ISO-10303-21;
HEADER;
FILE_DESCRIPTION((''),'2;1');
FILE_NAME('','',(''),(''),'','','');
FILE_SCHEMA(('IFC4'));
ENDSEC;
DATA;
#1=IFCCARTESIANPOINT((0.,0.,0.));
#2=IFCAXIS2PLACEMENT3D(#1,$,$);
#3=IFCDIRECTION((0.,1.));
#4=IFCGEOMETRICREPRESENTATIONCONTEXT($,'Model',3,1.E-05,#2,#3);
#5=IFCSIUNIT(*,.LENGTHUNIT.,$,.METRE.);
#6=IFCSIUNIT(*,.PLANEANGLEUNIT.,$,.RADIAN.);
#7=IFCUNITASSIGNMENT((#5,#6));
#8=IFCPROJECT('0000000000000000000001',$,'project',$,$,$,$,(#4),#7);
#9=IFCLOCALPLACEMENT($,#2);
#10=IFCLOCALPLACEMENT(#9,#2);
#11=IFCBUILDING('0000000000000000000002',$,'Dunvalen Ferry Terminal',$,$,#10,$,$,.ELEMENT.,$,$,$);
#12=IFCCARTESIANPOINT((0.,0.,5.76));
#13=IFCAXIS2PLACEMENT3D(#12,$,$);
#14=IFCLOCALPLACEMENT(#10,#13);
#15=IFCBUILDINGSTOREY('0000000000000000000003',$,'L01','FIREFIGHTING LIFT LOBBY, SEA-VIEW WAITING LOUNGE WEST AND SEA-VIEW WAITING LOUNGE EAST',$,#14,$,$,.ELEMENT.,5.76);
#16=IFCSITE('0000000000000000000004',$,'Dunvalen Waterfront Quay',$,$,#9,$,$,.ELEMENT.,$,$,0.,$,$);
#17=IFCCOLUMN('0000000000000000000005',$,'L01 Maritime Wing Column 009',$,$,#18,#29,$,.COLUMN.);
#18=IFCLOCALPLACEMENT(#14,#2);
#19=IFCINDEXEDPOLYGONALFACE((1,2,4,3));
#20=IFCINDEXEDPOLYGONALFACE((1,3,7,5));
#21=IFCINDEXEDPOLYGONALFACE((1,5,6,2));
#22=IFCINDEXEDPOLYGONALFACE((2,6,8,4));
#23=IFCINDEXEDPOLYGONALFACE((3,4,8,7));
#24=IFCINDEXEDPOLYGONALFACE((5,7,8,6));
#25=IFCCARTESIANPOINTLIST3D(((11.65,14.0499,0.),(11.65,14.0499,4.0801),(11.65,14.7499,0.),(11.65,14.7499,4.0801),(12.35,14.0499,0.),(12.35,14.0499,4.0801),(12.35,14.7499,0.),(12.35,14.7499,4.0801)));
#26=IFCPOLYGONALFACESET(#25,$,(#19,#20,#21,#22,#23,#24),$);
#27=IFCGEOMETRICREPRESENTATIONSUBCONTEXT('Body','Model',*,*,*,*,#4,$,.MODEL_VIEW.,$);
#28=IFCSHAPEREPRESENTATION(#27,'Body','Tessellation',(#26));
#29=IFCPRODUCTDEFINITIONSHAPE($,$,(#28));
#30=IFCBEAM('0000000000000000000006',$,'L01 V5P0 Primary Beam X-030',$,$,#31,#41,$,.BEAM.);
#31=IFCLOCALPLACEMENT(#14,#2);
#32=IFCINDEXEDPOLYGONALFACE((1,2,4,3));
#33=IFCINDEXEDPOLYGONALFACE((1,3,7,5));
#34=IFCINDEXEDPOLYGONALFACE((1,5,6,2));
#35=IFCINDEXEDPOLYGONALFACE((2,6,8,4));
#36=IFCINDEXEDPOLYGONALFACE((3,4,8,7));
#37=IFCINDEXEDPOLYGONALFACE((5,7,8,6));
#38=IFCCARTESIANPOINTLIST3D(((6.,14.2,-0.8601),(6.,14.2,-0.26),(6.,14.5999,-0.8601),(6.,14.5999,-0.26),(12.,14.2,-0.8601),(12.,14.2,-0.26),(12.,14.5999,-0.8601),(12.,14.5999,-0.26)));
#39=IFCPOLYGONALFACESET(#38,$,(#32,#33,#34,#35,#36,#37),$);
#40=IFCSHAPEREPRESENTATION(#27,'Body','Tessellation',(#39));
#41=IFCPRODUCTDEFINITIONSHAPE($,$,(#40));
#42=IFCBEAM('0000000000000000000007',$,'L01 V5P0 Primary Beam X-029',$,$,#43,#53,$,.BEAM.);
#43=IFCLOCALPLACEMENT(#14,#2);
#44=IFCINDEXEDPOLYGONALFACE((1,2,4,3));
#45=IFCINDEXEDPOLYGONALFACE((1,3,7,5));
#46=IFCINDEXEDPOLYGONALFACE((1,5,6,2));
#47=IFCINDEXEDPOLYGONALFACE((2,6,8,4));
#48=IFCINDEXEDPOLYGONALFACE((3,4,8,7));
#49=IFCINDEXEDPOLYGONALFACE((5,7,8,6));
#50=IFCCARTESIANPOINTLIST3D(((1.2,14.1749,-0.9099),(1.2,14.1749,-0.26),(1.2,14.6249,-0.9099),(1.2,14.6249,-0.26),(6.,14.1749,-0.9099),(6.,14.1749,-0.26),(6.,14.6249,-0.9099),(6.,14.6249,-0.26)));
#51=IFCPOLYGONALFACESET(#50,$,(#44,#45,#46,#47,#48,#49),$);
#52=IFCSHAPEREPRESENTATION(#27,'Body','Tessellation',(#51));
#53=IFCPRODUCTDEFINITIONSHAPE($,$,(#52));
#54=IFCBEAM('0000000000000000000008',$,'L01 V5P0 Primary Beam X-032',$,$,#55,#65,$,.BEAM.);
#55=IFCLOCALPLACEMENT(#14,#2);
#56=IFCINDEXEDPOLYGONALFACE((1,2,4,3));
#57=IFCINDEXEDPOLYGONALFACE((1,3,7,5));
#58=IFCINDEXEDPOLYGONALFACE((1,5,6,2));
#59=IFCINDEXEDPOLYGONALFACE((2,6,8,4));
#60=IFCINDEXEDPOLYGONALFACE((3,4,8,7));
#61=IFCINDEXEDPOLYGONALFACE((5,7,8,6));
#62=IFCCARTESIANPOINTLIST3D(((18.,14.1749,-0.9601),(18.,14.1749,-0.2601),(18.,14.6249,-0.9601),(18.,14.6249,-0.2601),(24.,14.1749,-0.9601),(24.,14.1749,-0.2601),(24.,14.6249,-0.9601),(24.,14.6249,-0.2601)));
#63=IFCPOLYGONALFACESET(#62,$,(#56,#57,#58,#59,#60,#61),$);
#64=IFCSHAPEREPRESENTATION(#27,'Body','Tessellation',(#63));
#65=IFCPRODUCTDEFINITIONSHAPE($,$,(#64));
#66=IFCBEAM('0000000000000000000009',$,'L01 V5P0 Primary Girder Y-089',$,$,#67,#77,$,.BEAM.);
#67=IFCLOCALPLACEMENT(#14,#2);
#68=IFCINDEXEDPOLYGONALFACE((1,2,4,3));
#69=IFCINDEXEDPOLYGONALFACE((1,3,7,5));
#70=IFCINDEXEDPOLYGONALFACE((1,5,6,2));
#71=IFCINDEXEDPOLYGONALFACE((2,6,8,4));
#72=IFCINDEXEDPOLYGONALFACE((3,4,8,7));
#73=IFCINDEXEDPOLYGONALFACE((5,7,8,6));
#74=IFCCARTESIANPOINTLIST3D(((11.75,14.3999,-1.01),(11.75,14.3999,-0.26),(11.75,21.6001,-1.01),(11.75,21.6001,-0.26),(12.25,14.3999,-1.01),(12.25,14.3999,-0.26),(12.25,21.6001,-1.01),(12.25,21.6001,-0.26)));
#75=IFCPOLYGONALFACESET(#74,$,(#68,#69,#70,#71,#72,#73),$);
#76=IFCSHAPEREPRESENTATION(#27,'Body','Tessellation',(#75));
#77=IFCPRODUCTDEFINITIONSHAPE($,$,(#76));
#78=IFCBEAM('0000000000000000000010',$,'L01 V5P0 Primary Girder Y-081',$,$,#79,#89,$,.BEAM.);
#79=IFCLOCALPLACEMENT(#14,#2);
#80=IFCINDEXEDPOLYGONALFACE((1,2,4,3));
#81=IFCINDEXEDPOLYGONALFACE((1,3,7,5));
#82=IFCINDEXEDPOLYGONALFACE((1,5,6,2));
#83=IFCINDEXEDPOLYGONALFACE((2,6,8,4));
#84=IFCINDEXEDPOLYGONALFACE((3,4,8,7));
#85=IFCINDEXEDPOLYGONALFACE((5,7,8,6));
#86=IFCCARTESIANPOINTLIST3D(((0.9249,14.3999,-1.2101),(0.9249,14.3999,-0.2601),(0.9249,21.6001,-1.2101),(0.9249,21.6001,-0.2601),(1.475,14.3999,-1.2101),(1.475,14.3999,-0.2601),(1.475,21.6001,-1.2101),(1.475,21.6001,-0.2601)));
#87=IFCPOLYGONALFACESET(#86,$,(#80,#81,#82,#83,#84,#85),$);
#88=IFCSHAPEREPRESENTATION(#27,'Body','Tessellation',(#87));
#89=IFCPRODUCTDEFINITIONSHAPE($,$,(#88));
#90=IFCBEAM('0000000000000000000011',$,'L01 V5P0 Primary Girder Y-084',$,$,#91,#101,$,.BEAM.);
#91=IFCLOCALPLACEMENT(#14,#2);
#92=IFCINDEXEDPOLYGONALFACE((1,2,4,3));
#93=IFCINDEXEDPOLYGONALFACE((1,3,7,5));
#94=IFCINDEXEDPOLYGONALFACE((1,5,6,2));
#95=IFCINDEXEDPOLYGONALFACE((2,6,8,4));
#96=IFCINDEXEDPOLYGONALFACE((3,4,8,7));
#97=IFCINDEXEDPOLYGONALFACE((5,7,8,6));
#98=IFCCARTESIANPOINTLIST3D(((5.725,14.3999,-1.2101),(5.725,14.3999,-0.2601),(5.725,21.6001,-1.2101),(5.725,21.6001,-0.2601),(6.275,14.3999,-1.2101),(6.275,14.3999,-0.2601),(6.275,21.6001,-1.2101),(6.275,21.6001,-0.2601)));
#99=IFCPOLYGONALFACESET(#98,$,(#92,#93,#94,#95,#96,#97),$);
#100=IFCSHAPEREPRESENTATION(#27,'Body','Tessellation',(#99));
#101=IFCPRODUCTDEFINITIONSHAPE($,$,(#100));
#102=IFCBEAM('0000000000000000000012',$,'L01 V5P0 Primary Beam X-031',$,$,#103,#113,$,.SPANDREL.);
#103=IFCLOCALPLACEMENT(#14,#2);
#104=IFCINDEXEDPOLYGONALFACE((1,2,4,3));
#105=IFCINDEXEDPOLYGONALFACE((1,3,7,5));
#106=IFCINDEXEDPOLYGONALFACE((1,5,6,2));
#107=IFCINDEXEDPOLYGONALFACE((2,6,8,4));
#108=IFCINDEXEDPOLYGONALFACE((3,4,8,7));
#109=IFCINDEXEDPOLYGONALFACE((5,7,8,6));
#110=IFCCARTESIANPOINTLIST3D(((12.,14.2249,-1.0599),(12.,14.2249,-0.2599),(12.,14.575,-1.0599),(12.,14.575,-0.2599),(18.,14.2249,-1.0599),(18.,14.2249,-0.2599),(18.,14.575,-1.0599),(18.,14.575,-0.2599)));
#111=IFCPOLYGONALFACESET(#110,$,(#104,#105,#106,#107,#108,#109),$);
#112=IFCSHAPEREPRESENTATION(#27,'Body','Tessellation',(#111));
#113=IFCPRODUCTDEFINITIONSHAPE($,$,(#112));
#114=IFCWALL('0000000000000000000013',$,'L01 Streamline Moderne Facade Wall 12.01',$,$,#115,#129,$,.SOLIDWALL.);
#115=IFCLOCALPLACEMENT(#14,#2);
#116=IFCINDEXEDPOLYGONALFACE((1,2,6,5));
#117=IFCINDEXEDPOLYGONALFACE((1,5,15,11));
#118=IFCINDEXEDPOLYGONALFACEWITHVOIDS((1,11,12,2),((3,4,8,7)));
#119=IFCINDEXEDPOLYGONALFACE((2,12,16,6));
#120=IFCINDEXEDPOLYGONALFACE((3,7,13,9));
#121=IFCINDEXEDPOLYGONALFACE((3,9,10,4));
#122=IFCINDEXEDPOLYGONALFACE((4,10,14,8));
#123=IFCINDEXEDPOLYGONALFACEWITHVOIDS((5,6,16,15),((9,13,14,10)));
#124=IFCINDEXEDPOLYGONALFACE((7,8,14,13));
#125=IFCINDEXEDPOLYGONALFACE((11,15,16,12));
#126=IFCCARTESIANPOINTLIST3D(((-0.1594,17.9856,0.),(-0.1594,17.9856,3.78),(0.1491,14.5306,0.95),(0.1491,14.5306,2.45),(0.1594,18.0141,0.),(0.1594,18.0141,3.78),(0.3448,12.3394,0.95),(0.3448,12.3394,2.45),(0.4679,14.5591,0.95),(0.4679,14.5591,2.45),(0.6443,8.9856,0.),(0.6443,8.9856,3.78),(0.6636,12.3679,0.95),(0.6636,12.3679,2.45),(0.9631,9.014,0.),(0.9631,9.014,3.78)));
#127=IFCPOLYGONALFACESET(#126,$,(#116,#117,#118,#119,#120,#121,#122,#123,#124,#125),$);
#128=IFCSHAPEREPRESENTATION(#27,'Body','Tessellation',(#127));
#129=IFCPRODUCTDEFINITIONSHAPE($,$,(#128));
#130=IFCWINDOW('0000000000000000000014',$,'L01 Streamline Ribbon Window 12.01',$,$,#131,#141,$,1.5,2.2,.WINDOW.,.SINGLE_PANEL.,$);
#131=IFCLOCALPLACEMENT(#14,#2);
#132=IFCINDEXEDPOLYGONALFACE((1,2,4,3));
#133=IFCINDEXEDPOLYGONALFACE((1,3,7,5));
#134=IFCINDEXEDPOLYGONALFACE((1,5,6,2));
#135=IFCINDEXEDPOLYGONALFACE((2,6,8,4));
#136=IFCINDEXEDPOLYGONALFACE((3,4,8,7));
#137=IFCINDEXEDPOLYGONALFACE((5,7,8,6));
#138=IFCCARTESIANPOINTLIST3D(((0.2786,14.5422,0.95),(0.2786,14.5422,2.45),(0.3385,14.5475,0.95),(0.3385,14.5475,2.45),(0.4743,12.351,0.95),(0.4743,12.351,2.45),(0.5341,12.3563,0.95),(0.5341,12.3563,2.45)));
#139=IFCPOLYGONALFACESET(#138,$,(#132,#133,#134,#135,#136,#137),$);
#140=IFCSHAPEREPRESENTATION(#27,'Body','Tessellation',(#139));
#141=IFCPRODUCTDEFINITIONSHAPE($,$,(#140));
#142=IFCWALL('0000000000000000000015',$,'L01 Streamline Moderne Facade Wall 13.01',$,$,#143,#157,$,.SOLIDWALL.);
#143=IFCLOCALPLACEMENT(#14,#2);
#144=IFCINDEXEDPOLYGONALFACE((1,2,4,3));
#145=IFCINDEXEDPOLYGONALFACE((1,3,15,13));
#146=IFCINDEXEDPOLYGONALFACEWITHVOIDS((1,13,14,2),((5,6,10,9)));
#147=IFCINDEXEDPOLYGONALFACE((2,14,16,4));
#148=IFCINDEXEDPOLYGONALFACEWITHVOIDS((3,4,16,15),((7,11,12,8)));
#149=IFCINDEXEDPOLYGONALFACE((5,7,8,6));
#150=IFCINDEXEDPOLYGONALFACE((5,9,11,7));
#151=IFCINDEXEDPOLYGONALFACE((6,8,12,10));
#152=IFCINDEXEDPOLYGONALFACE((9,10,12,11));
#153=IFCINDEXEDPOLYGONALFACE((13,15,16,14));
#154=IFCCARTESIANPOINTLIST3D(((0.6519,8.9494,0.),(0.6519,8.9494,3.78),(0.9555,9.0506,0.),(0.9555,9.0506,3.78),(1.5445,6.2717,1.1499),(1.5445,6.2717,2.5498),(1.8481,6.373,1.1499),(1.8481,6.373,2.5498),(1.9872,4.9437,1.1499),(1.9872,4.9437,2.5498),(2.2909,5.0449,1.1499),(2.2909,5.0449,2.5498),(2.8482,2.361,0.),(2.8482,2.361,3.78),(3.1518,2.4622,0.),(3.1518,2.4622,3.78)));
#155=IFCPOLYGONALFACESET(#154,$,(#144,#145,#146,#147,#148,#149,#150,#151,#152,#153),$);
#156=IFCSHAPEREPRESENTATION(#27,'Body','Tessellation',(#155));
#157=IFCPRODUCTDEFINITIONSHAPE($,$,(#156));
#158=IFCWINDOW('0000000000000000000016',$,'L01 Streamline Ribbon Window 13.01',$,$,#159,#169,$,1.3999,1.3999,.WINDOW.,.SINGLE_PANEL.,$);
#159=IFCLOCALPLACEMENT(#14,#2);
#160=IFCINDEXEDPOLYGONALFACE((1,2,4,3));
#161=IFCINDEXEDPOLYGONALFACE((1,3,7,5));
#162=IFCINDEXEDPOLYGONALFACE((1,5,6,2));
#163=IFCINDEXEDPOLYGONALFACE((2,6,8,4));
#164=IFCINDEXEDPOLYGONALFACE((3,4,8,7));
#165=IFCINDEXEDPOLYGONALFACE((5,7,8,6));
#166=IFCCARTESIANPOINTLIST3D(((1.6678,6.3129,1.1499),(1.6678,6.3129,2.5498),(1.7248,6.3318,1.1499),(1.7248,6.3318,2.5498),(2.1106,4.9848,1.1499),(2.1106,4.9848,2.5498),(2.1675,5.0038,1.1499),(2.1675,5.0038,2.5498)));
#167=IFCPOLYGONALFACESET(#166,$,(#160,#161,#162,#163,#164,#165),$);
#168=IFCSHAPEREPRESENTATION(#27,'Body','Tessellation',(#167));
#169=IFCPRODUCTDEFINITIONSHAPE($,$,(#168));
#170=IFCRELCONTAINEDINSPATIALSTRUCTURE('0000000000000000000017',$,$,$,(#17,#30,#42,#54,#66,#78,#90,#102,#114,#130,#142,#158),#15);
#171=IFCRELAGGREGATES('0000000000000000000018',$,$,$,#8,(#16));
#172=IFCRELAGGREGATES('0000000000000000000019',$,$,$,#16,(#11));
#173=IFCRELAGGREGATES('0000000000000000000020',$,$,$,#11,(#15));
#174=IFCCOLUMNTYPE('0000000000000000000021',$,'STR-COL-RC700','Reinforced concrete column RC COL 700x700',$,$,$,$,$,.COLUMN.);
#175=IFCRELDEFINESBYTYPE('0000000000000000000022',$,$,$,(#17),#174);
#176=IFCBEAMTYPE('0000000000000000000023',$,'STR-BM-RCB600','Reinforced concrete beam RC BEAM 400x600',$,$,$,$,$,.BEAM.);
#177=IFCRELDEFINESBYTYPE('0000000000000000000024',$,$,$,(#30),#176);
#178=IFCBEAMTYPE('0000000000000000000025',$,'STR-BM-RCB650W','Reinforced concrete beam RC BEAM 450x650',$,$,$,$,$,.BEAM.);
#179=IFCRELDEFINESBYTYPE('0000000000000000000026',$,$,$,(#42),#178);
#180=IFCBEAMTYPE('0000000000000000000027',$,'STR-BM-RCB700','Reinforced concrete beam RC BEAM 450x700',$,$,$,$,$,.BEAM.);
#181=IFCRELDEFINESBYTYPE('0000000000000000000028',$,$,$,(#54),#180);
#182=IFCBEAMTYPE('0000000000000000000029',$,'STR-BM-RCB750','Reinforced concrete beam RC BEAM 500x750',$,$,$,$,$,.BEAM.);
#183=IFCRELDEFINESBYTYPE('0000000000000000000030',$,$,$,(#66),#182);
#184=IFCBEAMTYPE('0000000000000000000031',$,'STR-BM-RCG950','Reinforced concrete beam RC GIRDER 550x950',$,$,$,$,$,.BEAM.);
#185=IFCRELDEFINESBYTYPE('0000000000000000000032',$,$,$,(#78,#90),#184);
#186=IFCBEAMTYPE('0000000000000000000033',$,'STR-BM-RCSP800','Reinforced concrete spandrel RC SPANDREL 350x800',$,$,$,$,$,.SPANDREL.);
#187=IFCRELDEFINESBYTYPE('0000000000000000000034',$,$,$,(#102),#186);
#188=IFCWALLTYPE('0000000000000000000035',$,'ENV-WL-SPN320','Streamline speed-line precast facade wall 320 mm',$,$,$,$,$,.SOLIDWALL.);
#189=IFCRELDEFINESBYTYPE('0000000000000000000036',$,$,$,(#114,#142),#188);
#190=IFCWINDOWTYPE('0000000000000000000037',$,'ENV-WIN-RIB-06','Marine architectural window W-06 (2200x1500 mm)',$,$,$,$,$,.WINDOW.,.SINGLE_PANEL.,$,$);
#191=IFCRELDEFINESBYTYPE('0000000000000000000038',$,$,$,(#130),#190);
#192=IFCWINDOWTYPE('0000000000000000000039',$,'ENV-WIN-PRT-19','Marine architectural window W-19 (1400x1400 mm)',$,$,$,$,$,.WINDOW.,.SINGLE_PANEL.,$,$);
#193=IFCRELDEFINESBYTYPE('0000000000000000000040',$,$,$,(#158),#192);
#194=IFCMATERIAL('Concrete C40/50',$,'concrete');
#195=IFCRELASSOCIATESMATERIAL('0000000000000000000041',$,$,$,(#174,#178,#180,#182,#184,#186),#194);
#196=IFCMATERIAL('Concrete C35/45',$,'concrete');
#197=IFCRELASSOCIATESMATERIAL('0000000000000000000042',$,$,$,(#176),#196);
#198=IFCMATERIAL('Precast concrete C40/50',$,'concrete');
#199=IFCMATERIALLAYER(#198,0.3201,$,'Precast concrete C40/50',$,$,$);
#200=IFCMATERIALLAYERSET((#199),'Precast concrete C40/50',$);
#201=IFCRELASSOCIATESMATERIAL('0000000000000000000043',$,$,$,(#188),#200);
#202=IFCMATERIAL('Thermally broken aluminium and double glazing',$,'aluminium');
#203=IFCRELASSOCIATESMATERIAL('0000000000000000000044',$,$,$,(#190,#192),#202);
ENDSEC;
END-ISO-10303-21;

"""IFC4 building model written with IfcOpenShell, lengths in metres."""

from ifc_helpers import new_model, si_unit, direction, frame, frame_2d, origin, origin_2d, place, context, subcontext, project, spatial, rectangle, extrude, material, layer, layer_set, material_profile, profile_set, type_object, element, fill, save


model = new_model("IFC4")

# Units and contexts
model_context = context("Model", 3, precision=1e-05, world=origin(), true_north=direction((0.0, 1.0)))
body_context = subcontext(model_context, "Body", "Model", "MODEL_VIEW")
ifc_project = project(units=[si_unit("LENGTHUNIT", "METRE"), si_unit("PLANEANGLEUNIT", "RADIAN")], contexts=[model_context])

# Site, building, storey
site_placement = place(None, origin())
site = spatial("IfcSite", under=ifc_project, at=site_placement, Name="Dunvalen Waterfront Quay", CompositionType="ELEMENT", RefElevation=0.0)
building_placement = place(site_placement, origin())
building = spatial("IfcBuilding", under=site, at=building_placement, Name="Dunvalen Ferry Terminal", CompositionType="ELEMENT")
storey_placement = place(building_placement, frame((0.0, 0.0, 5.76)))
storey = spatial("IfcBuildingStorey", under=building, at=storey_placement, Name="L01", Description="FIREFIGHTING LIFT LOBBY, SEA-VIEW WAITING LOUNGE WEST AND SEA-VIEW WAITING LOUNGE EAST", CompositionType="ELEMENT", Elevation=5.76)

# Column
ifc_material_1 = material(Name="Concrete C40/50", Category="concrete")
ifc_material_profile_1 = material_profile(ifc_material_1, rectangle(XDim=0.7, YDim=0.7, at=origin_2d()), Name="Concrete C40/50")
ifc_profile_set_1 = profile_set([ifc_material_profile_1], Name="Concrete C40/50")
column_type = type_object("IfcColumnType", Name="STR-COL-RC700", Description="Reinforced concrete column RC COL 700x700", PredefinedType="COLUMN", material=ifc_profile_set_1)
column_placement = place(storey_placement, frame((12.0, 14.3999, 0.0), z_axis=(0.0, 0.0, 1.0), x_axis=(1.0, 0.0, 0.0)))
element("IfcColumn", 1, at=column_placement, inside=storey, type_object=column_type, Name="L01 Maritime Wing Column 009", PredefinedType="COLUMN", context=body_context, shape_type="SweptSolid", body=[
    extrude(rectangle(XDim=0.7, YDim=0.7, at=origin_2d()), origin(), (0.0, 0.0, 1.0), 4.0801),
])

# Beams
ifc_material_2 = material(Name="Concrete C35/45", Category="concrete")
ifc_material_profile_2 = material_profile(ifc_material_2, rectangle(XDim=0.3999, YDim=0.6001, at=origin_2d()), Name="Concrete C35/45")
ifc_profile_set_2 = profile_set([ifc_material_profile_2], Name="Concrete C35/45")
beam_type_1 = type_object("IfcBeamType", Name="STR-BM-RCB600", Description="Reinforced concrete beam RC BEAM 400x600", PredefinedType="BEAM", material=ifc_profile_set_2)
beam_1_placement = place(storey_placement, frame((6.0, 14.3999, -0.5601), z_axis=(1.0, 0.0, 0.0), x_axis=(0.0, 1.0, 0.0)))
element("IfcBeam", 2, at=beam_1_placement, inside=storey, type_object=beam_type_1, Name="L01 V5P0 Primary Beam X-030", PredefinedType="BEAM", context=body_context, shape_type="SweptSolid", body=[
    extrude(rectangle(XDim=0.3999, YDim=0.6001, at=origin_2d()), origin(), (0.0, 0.0, 1.0), 6.0),
])
ifc_material_profile_3 = material_profile(ifc_material_1, rectangle(XDim=0.45, YDim=0.6499, at=origin_2d()), Name="Concrete C40/50")
ifc_profile_set_3 = profile_set([ifc_material_profile_3], Name="Concrete C40/50")
beam_type_2 = type_object("IfcBeamType", Name="STR-BM-RCB650W", Description="Reinforced concrete beam RC BEAM 450x650", PredefinedType="BEAM", material=ifc_profile_set_3)
beam_2_placement = place(storey_placement, frame((1.2, 14.3999, -0.585), z_axis=(1.0, 0.0, 0.0), x_axis=(0.0, 1.0, 0.0)))
element("IfcBeam", 3, at=beam_2_placement, inside=storey, type_object=beam_type_2, Name="L01 V5P0 Primary Beam X-029", PredefinedType="BEAM", context=body_context, shape_type="SweptSolid", body=[
    extrude(rectangle(XDim=0.45, YDim=0.6499, at=origin_2d()), origin(), (0.0, 0.0, 1.0), 4.8),
])
ifc_material_profile_4 = material_profile(ifc_material_1, rectangle(XDim=0.45, YDim=0.7, at=origin_2d()), Name="Concrete C40/50")
ifc_profile_set_4 = profile_set([ifc_material_profile_4], Name="Concrete C40/50")
beam_type_3 = type_object("IfcBeamType", Name="STR-BM-RCB700", Description="Reinforced concrete beam RC BEAM 450x700", PredefinedType="BEAM", material=ifc_profile_set_4)
beam_3_placement = place(storey_placement, frame((18.0, 14.3999, -0.6101), z_axis=(1.0, 0.0, 0.0), x_axis=(0.0, 1.0, 0.0)))
element("IfcBeam", 4, at=beam_3_placement, inside=storey, type_object=beam_type_3, Name="L01 V5P0 Primary Beam X-032", PredefinedType="BEAM", context=body_context, shape_type="SweptSolid", body=[
    extrude(rectangle(XDim=0.45, YDim=0.7, at=origin_2d()), origin(), (0.0, 0.0, 1.0), 6.0),
])
ifc_material_profile_5 = material_profile(ifc_material_1, rectangle(XDim=0.5, YDim=0.75, at=origin_2d()), Name="Concrete C40/50")
ifc_profile_set_5 = profile_set([ifc_material_profile_5], Name="Concrete C40/50")
beam_type_4 = type_object("IfcBeamType", Name="STR-BM-RCB750", Description="Reinforced concrete beam RC BEAM 500x750", PredefinedType="BEAM", material=ifc_profile_set_5)
beam_4_placement = place(storey_placement, frame((12.0, 14.3999, -0.635), z_axis=(0.0, 1.0, 0.0), x_axis=(-1.0, 0.0, 0.0)))
element("IfcBeam", 5, at=beam_4_placement, inside=storey, type_object=beam_type_4, Name="L01 V5P0 Primary Girder Y-089", PredefinedType="BEAM", context=body_context, shape_type="SweptSolid", body=[
    extrude(rectangle(XDim=0.5, YDim=0.75, at=origin_2d()), origin(), (0.0, 0.0, 1.0), 7.2002),
])
ifc_material_profile_6 = material_profile(ifc_material_1, rectangle(XDim=0.55, YDim=0.95, at=origin_2d()), Name="Concrete C40/50")
ifc_profile_set_6 = profile_set([ifc_material_profile_6], Name="Concrete C40/50")
beam_type_5 = type_object("IfcBeamType", Name="STR-BM-RCG950", Description="Reinforced concrete beam RC GIRDER 550x950", PredefinedType="BEAM", material=ifc_profile_set_6)
for number, where, z_axis, x_axis, name in (
    (6, (1.2, 14.3999, -0.7351), (0.0, 1.0, 0.0), (-1.0, 0.0, 0.0), "L01 V5P0 Primary Girder Y-081"),
    (7, (6.0, 14.3999, -0.7351), (0.0, 1.0, 0.0), (-1.0, 0.0, 0.0), "L01 V5P0 Primary Girder Y-084"),
):
    element("IfcBeam", number, at=place(storey_placement, frame(where, z_axis=z_axis, x_axis=x_axis)), inside=storey, type_object=beam_type_5, Name=name, PredefinedType="BEAM", context=body_context, shape_type="SweptSolid", body=[
        extrude(rectangle(XDim=0.55, YDim=0.95, at=origin_2d()), origin(), (0.0, 0.0, 1.0), 7.2002),
    ])
ifc_material_profile_7 = material_profile(ifc_material_1, rectangle(XDim=0.3501, YDim=0.8, at=origin_2d()), Name="Concrete C40/50")
ifc_profile_set_7 = profile_set([ifc_material_profile_7], Name="Concrete C40/50")
beam_type_6 = type_object("IfcBeamType", Name="STR-BM-RCSP800", Description="Reinforced concrete spandrel RC SPANDREL 350x800", PredefinedType="SPANDREL", material=ifc_profile_set_7)
beam_5_placement = place(storey_placement, frame((12.0, 14.3999, -0.6599), z_axis=(1.0, 0.0, 0.0), x_axis=(0.0, 1.0, 0.0)))
element("IfcBeam", 8, at=beam_5_placement, inside=storey, type_object=beam_type_6, Name="L01 V5P0 Primary Beam X-031", PredefinedType="SPANDREL", context=body_context, shape_type="SweptSolid", body=[
    extrude(rectangle(XDim=0.3501, YDim=0.8, at=origin_2d()), origin(), (0.0, 0.0, 1.0), 6.0),
])

# Walls, openings, windows
ifc_material_3 = material(Name="Precast concrete C40/50", Category="concrete")
ifc_layer_1 = layer(ifc_material_3, 0.3201, Name="Precast concrete C40/50")
ifc_layer_set_1 = layer_set([ifc_layer_1], Name="Precast concrete C40/50")
wall_type_1 = type_object("IfcWallType", Name="ENV-WL-SPN320", Description="Streamline speed-line precast facade wall 320 mm", PredefinedType="SOLIDWALL", material=ifc_layer_set_1)
wall_1_placement = place(storey_placement, frame((0.0, 18.0, 0.0), z_axis=(0.0, 0.0, 1.0), x_axis=(0.088947, -0.996036, 0.0)))
wall_1 = element("IfcWall", 9, at=wall_1_placement, inside=storey, type_object=wall_type_1, Name="L01 Streamline Moderne Facade Wall 12.01", PredefinedType="SOLIDWALL", context=body_context, shape_type="SweptSolid", body=[
    extrude(rectangle(XDim=9.0359, YDim=0.3201, at=frame_2d((4.5181, 0.0))), origin(), (0.0, 0.0, 1.0), 3.78),
])
opening_1_placement = place(wall_1_placement, frame((3.4688, 0.0, 0.95)))
opening_1 = element("IfcOpeningElement", 10, at=opening_1_placement, cuts=wall_1, PredefinedType="OPENING", context=body_context, shape_type="SweptSolid", body=[
    extrude(rectangle(XDim=2.2, YDim=1.5, at=frame_2d((1.1001, 0.75))), frame((0.0, 0.1699, 0.0), z_axis=(0.0, -1.0, 0.0), x_axis=(1.0, 0.0, 0.0)), (0.0, 0.0, 1.0), 0.3401),
])
ifc_material_4 = material(Name="Thermally broken aluminium and double glazing", Category="aluminium")
window_type_1 = type_object("IfcWindowType", Name="ENV-WIN-RIB-06", Description="Marine architectural window W-06 (2200x1500 mm)", PartitioningType="SINGLE_PANEL", PredefinedType="WINDOW", material=ifc_material_4)
window_1_placement = place(opening_1_placement, origin())
window_1 = element("IfcWindow", 11, at=window_1_placement, inside=storey, type_object=window_type_1, Name="L01 Streamline Ribbon Window 12.01", OverallHeight=1.5, OverallWidth=2.2, PartitioningType="SINGLE_PANEL", PredefinedType="WINDOW", context=body_context, shape_type="SweptSolid", body=[
    extrude(rectangle(XDim=2.2, YDim=1.5, at=frame_2d((1.1001, 0.75))), frame((0.0, 0.03, 0.0), z_axis=(0.0, -1.0, 0.0), x_axis=(1.0, 0.0, 0.0)), (0.0, 0.0, 1.0), 0.0601),
])
fill(opening_1, window_1)
wall_2_placement = place(storey_placement, frame((0.8037, 9.0, 0.0), z_axis=(0.0, 0.0, 1.0), x_axis=(0.316249, -0.948676, 0.0)))
wall_2 = element("IfcWall", 12, at=wall_2_placement, inside=storey, type_object=wall_type_1, Name="L01 Streamline Moderne Facade Wall 13.01", PredefinedType="SOLIDWALL", context=body_context, shape_type="SweptSolid", body=[
    extrude(rectangle(XDim=6.9448, YDim=0.3201, at=frame_2d((3.4724, 0.0))), origin(), (0.0, 0.0, 1.0), 3.78),
])
opening_2_placement = place(wall_2_placement, frame((2.8225, 0.0, 1.1499)))
opening_2 = element("IfcOpeningElement", 13, at=opening_2_placement, cuts=wall_2, PredefinedType="OPENING", context=body_context, shape_type="SweptSolid", body=[
    extrude(rectangle(XDim=1.3999, YDim=1.3999, at=frame_2d((0.7, 0.7))), frame((0.0, 0.1699, 0.0), z_axis=(0.0, -1.0, 0.0), x_axis=(1.0, 0.0, 0.0)), (0.0, 0.0, 1.0), 0.3401),
])
window_type_2 = type_object("IfcWindowType", Name="ENV-WIN-PRT-19", Description="Marine architectural window W-19 (1400x1400 mm)", PartitioningType="SINGLE_PANEL", PredefinedType="WINDOW", material=ifc_material_4)
window_2_placement = place(opening_2_placement, origin())
window_2 = element("IfcWindow", 14, at=window_2_placement, inside=storey, type_object=window_type_2, Name="L01 Streamline Ribbon Window 13.01", OverallHeight=1.3999, OverallWidth=1.3999, PartitioningType="SINGLE_PANEL", PredefinedType="WINDOW", context=body_context, shape_type="SweptSolid", body=[
    extrude(rectangle(XDim=1.3999, YDim=1.3999, at=frame_2d((0.7, 0.7))), frame((0.0, 0.03, 0.0), z_axis=(0.0, -1.0, 0.0), x_axis=(1.0, 0.0, 0.0)), (0.0, 0.0, 1.0), 0.0601),
])
fill(opening_2, window_2)

save(model, "model.ifc")
